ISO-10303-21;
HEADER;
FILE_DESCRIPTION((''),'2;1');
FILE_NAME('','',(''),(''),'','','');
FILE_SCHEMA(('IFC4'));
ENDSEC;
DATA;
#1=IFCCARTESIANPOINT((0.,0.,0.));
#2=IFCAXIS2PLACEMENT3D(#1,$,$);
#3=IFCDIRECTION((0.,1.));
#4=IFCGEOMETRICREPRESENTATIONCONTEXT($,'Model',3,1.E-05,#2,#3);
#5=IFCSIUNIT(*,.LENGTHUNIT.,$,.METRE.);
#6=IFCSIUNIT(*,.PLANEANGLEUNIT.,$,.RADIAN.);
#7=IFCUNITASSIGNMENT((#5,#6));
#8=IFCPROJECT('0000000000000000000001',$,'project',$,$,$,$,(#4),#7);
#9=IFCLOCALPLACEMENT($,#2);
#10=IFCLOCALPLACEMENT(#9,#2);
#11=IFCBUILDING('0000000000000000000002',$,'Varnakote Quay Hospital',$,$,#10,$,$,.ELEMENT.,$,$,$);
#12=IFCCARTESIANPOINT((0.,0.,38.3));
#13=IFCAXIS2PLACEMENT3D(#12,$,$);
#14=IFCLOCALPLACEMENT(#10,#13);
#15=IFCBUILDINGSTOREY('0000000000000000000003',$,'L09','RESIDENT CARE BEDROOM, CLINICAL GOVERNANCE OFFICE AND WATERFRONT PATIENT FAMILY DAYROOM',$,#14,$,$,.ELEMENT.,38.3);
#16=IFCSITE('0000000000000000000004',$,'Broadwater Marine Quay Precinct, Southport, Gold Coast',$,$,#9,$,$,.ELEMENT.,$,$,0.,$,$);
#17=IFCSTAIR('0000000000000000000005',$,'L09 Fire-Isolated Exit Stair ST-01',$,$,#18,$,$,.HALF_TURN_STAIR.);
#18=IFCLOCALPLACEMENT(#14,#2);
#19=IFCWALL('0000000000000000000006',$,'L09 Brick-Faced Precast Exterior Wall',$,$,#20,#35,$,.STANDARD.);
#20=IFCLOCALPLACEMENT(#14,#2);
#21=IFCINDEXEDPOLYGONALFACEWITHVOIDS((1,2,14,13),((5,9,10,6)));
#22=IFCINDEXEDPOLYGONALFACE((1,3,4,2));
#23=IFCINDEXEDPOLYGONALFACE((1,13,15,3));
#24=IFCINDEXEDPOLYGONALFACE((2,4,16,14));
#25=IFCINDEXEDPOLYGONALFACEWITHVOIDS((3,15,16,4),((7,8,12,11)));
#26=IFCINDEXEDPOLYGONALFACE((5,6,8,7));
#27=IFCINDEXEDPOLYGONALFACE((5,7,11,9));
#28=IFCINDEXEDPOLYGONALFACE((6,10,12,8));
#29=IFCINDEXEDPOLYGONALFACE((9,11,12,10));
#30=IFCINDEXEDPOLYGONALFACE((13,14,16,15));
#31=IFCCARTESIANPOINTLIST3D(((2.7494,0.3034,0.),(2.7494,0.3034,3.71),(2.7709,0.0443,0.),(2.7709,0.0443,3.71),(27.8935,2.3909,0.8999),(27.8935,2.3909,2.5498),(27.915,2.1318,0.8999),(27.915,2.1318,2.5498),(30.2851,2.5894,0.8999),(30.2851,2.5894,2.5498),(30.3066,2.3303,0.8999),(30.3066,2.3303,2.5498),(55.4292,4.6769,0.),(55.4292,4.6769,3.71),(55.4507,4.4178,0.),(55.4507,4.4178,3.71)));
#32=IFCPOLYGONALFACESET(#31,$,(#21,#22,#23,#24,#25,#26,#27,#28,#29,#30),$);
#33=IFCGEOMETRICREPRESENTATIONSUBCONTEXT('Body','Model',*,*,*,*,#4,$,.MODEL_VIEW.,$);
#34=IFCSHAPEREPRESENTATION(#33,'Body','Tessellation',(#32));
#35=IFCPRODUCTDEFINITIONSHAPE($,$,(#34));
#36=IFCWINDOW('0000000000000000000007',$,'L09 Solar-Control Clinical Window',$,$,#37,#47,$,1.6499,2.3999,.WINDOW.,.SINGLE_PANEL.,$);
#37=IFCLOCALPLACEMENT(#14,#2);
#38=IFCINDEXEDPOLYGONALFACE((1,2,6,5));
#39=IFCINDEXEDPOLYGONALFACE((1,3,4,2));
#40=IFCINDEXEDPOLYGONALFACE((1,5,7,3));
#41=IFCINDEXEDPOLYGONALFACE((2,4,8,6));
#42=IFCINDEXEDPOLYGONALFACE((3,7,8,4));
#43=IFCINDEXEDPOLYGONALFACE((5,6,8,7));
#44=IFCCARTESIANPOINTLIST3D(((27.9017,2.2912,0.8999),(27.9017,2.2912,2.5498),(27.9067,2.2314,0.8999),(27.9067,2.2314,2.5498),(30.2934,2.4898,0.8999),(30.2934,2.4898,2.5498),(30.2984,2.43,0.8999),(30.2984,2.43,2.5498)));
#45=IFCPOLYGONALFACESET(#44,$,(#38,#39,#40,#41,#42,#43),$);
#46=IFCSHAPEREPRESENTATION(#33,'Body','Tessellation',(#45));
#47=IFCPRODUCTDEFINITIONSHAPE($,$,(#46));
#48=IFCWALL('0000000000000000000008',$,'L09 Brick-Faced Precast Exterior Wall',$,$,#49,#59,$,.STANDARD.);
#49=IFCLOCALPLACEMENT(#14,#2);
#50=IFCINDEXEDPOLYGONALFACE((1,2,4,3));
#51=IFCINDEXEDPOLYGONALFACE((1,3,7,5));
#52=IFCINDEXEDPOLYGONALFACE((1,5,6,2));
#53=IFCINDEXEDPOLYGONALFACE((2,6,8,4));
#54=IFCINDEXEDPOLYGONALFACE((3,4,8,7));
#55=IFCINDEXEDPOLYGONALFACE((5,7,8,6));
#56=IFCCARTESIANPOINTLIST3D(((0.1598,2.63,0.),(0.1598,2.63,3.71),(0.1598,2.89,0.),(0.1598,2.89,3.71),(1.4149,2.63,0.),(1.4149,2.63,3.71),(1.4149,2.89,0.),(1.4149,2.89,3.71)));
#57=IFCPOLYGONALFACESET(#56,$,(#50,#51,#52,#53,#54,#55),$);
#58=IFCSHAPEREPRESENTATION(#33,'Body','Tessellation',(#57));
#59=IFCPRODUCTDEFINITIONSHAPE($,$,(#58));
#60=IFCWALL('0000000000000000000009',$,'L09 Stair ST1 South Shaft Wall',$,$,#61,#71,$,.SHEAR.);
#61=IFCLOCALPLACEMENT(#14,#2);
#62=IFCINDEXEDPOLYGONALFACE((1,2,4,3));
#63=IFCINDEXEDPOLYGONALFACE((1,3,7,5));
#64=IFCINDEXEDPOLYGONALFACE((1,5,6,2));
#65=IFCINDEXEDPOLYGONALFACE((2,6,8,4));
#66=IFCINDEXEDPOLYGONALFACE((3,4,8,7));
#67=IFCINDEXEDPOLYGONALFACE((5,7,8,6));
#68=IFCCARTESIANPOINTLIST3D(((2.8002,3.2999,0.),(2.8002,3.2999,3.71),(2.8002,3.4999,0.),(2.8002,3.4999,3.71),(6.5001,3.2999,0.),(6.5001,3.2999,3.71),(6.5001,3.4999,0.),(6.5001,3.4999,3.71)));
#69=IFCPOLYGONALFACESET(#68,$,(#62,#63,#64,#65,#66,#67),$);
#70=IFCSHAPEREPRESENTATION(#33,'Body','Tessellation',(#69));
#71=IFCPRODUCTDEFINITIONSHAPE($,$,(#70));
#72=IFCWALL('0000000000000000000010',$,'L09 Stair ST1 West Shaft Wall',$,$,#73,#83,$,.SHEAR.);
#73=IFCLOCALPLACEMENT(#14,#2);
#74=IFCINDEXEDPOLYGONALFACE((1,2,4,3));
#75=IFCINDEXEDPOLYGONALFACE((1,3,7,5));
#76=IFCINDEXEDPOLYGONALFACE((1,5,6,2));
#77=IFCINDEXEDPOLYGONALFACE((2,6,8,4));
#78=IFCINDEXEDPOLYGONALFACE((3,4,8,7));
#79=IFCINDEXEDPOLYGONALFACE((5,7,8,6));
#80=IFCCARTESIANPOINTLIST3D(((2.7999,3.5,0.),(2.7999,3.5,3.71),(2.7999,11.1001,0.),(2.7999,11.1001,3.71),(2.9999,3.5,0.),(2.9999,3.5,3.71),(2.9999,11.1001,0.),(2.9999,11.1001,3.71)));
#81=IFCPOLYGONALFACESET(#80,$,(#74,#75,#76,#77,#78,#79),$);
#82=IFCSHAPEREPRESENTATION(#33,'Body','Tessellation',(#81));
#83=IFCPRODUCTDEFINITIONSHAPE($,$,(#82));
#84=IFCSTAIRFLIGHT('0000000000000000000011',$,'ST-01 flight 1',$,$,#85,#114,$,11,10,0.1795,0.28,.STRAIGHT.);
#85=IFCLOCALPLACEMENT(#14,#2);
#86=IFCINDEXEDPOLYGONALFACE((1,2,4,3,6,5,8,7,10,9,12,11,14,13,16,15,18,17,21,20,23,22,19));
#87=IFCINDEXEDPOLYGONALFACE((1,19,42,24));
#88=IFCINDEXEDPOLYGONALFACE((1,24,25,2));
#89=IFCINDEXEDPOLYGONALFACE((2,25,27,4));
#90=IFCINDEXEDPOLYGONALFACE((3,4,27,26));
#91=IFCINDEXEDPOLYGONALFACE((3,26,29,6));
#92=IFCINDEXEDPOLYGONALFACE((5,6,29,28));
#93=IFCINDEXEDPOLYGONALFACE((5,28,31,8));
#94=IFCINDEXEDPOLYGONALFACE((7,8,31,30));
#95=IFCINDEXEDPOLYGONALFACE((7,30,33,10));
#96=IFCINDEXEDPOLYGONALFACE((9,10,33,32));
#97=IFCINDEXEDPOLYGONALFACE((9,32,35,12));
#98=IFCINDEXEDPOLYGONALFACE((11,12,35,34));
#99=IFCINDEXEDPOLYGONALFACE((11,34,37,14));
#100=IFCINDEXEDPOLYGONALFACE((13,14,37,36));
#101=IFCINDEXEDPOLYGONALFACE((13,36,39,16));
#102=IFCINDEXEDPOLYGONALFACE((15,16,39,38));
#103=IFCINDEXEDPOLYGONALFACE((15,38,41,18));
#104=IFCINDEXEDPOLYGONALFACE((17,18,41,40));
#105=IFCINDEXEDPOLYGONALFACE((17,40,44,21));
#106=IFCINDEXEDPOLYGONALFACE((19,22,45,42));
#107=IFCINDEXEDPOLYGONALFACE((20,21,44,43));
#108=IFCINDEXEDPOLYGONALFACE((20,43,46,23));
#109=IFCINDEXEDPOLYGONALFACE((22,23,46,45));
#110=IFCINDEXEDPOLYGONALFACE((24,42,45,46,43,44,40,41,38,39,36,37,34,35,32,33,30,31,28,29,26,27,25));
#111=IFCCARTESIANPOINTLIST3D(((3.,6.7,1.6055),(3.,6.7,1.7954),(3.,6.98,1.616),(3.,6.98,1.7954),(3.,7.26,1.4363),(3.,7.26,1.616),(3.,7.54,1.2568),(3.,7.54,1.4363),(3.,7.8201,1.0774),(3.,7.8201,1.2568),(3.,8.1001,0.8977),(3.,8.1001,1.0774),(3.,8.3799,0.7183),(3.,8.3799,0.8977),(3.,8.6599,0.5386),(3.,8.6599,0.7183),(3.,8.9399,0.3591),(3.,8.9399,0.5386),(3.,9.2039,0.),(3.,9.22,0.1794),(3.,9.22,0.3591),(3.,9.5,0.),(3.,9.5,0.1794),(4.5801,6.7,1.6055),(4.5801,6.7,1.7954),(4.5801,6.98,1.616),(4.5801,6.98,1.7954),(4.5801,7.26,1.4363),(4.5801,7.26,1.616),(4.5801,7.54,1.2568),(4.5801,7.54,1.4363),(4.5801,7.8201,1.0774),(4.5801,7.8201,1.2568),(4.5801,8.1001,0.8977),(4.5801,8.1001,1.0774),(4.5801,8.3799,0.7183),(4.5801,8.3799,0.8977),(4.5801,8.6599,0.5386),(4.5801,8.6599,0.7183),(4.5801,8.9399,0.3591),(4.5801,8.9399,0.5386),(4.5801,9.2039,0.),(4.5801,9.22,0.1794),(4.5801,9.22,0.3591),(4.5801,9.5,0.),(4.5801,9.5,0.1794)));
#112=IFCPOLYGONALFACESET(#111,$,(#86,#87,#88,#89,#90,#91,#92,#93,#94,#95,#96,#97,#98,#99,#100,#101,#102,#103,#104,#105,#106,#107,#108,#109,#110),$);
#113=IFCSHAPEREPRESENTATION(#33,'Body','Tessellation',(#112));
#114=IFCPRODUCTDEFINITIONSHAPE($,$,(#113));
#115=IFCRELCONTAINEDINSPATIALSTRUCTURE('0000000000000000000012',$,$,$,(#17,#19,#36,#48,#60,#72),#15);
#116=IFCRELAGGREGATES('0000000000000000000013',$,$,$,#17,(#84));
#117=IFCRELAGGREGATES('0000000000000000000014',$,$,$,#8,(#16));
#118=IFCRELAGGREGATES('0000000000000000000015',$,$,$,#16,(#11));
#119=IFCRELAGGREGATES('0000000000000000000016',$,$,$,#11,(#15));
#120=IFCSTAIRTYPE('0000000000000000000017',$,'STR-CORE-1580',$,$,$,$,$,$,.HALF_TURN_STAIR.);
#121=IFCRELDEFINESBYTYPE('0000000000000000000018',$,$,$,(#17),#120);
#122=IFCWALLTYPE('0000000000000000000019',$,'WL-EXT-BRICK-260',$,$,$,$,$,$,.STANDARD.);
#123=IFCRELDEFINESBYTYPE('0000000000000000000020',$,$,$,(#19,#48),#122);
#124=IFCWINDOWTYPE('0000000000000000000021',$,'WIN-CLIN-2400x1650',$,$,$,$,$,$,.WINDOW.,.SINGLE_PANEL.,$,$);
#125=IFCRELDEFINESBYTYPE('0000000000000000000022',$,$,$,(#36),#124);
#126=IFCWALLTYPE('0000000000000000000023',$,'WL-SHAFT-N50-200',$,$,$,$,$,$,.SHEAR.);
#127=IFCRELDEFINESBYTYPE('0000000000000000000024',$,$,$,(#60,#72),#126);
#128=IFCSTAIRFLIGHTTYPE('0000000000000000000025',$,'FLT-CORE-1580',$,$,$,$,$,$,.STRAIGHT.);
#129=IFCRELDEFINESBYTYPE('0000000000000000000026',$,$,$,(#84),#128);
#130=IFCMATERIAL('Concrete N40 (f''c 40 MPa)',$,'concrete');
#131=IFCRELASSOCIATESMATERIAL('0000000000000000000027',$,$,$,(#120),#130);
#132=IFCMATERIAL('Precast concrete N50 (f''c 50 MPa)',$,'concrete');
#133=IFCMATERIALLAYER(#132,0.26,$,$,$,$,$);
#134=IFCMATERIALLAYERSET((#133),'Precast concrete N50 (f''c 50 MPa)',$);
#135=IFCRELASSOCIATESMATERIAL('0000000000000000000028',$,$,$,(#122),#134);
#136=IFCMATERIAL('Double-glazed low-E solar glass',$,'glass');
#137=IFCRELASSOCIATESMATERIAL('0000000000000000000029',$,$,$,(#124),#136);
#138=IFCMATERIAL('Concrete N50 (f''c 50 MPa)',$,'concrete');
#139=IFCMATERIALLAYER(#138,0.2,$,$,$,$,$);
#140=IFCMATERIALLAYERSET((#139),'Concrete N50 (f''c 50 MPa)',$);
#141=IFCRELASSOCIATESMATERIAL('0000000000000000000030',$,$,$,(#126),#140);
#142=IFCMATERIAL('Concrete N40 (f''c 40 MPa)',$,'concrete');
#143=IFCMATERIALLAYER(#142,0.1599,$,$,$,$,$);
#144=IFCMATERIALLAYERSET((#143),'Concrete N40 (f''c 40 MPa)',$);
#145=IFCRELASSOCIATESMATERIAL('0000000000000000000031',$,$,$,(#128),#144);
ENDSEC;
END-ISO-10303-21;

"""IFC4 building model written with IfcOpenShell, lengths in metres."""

from ifc_helpers import new_model, si_unit, direction, frame, frame_2d, origin, place, context, subcontext, project, spatial, polyline, rectangle, outline, extrude, material, layer, layer_set, type_object, element, fill, aggregate, save


model = new_model("IFC4")

# Units and contexts
model_context = context("Model", 3, precision=1e-05, world=origin(), true_north=direction((0.0, 1.0)))
body_context = subcontext(model_context, "Body", "Model", "MODEL_VIEW")
ifc_project = project(units=[si_unit("LENGTHUNIT", "METRE"), si_unit("PLANEANGLEUNIT", "RADIAN")], contexts=[model_context])

# Site, building, storey
site_placement = place(None, origin())
site = spatial("IfcSite", under=ifc_project, at=site_placement, Name="Broadwater Marine Quay Precinct, Southport, Gold Coast", CompositionType="ELEMENT", RefElevation=0.0)
building_placement = place(site_placement, origin())
building = spatial("IfcBuilding", under=site, at=building_placement, Name="Varnakote Quay Hospital", CompositionType="ELEMENT")
storey_placement = place(building_placement, frame((0.0, 0.0, 38.3)))
storey = spatial("IfcBuildingStorey", under=building, at=storey_placement, Name="L09", Description="RESIDENT CARE BEDROOM, CLINICAL GOVERNANCE OFFICE AND WATERFRONT PATIENT FAMILY DAYROOM", CompositionType="ELEMENT", Elevation=38.3)

# Stair
ifc_material_1 = material(Name="Concrete N40 (f'c 40 MPa)", Category="concrete")
stair_type = type_object("IfcStairType", Name="STR-CORE-1580", PredefinedType="HALF_TURN_STAIR", material=ifc_material_1)
stair_1_placement = place(storey_placement, origin())
stair_1 = element("IfcStair", 1, at=stair_1_placement, inside=storey, type_object=stair_type, Name="L09 Fire-Isolated Exit Stair ST-01", PredefinedType="HALF_TURN_STAIR")

# Shared definitions
ifc_material_2 = material(Name="Precast concrete N50 (f'c 50 MPa)", Category="concrete")
ifc_layer_1 = layer(ifc_material_2, 0.26)
ifc_layer_set_1 = layer_set([ifc_layer_1], Name="Precast concrete N50 (f'c 50 MPa)")
wall_type_1 = type_object("IfcWallType", Name="WL-EXT-BRICK-260", PredefinedType="STANDARD", material=ifc_layer_set_1)

# Wall, opening, window
wall_1_placement = place(storey_placement, frame((2.76, 0.1738, 0.0), z_axis=(0.0, 0.0, 1.0), x_axis=(0.996571, 0.082736, 0.0)))
wall_1 = element("IfcWall", 2, at=wall_1_placement, inside=storey, type_object=wall_type_1, Name="L09 Brick-Faced Precast Exterior Wall", PredefinedType="STANDARD", context=body_context, shape_type="SweptSolid", body=[
    extrude(rectangle(XDim=52.8611, YDim=0.26, at=frame_2d((26.4307, 0.0))), origin(), (0.0, 0.0, 1.0), 3.71),
])
opening_1_placement = place(wall_1_placement, frame((25.2307, 0.0, 0.8999)))
opening_1 = element("IfcOpeningElement", 3, at=opening_1_placement, cuts=wall_1, PredefinedType="OPENING", context=body_context, shape_type="SweptSolid", body=[
    extrude(rectangle(XDim=2.3999, YDim=1.6499, at=frame_2d((1.2, 0.825))), frame((0.0, 0.1399, 0.0), z_axis=(0.0, -1.0, 0.0), x_axis=(1.0, 0.0, 0.0)), (0.0, 0.0, 1.0), 0.28),
])
ifc_material_3 = material(Name="Double-glazed low-E solar glass", Category="glass")
window_type = type_object("IfcWindowType", Name="WIN-CLIN-2400x1650", PartitioningType="SINGLE_PANEL", PredefinedType="WINDOW", material=ifc_material_3)
window_placement = place(opening_1_placement, origin())
window = element("IfcWindow", 4, at=window_placement, inside=storey, type_object=window_type, Name="L09 Solar-Control Clinical Window", OverallHeight=1.6499, OverallWidth=2.3999, PartitioningType="SINGLE_PANEL", PredefinedType="WINDOW", context=body_context, shape_type="SweptSolid", body=[
    extrude(rectangle(XDim=2.3999, YDim=1.6499, at=frame_2d((1.2, 0.825))), frame((0.0, 0.03, 0.0), z_axis=(0.0, -1.0, 0.0), x_axis=(1.0, 0.0, 0.0)), (0.0, 0.0, 1.0), 0.0601),
])
fill(opening_1, window)

# Walls
wall_2_placement = place(storey_placement, frame((0.1599, 2.76, 0.0), z_axis=(0.0, 0.0, 1.0), x_axis=(1.0, 0.0, 0.0)))
element("IfcWall", 5, at=wall_2_placement, inside=storey, type_object=wall_type_1, Name="L09 Brick-Faced Precast Exterior Wall", PredefinedType="STANDARD", context=body_context, shape_type="SweptSolid", body=[
    extrude(rectangle(XDim=1.2551, YDim=0.26, at=frame_2d((0.6274, 0.0))), origin(), (0.0, 0.0, 1.0), 3.71),
])
ifc_material_4 = material(Name="Concrete N50 (f'c 50 MPa)", Category="concrete")
ifc_layer_2 = layer(ifc_material_4, 0.2)
ifc_layer_set_2 = layer_set([ifc_layer_2], Name="Concrete N50 (f'c 50 MPa)")
wall_type_2 = type_object("IfcWallType", Name="WL-SHAFT-N50-200", PredefinedType="SHEAR", material=ifc_layer_set_2)
wall_3_placement = place(storey_placement, frame((2.8, 3.3999, 0.0), z_axis=(0.0, 0.0, 1.0), x_axis=(1.0, 0.0, 0.0)))
element("IfcWall", 6, at=wall_3_placement, inside=storey, type_object=wall_type_2, Name="L09 Stair ST1 South Shaft Wall", PredefinedType="SHEAR", context=body_context, shape_type="SweptSolid", body=[
    extrude(rectangle(XDim=3.7, YDim=0.2, at=frame_2d((1.8501, 0.0))), origin(), (0.0, 0.0, 1.0), 3.71),
])
wall_4_placement = place(storey_placement, frame((2.8999, 3.5, 0.0), z_axis=(0.0, 0.0, 1.0), x_axis=(0.0, 1.0, 0.0)))
element("IfcWall", 7, at=wall_4_placement, inside=storey, type_object=wall_type_2, Name="L09 Stair ST1 West Shaft Wall", PredefinedType="SHEAR", context=body_context, shape_type="SweptSolid", body=[
    extrude(rectangle(XDim=7.6001, YDim=0.2, at=frame_2d((3.8, 0.0))), origin(), (0.0, 0.0, 1.0), 3.71),
])

# Stair flight
ifc_material_5 = material(Name="Concrete N40 (f'c 40 MPa)", Category="concrete")
ifc_layer_3 = layer(ifc_material_5, 0.1599)
ifc_layer_set_3 = layer_set([ifc_layer_3], Name="Concrete N40 (f'c 40 MPa)")
stair_flight_type = type_object("IfcStairFlightType", Name="FLT-CORE-1580", PredefinedType="STRAIGHT", material=ifc_layer_set_3)
stair_flight_placement = place(storey_placement, frame((3.79, 9.5, 0.0), z_axis=(0.0, 0.0, 1.0), x_axis=(0.0, -1.0, 0.0)))
stair_flight = element("IfcStairFlight", 8, at=stair_flight_placement, type_object=stair_flight_type, Name="ST-01 flight 1", NumberOfRisers=11, NumberOfTreads=10, PredefinedType="STRAIGHT", RiserHeight=0.1795, TreadLength=0.28, context=body_context, shape_type="SweptSolid", body=[
    extrude(outline(polyline([(0.0, 0.0), (0.0, 0.1794), (0.28, 0.1794), (0.28, 0.3591), (0.5601, 0.3591), (0.5601, 0.5386), (0.8401, 0.5386), (0.8401, 0.7183), (1.1201, 0.7183), (1.1201, 0.8977), (1.3999, 0.8977), (1.3999, 1.0774), (1.6799, 1.0774), (1.6799, 1.2568), (1.96, 1.2568), (1.96, 1.4363), (2.24, 1.4363), (2.24, 1.616), (2.52, 1.616), (2.52, 1.7954), (2.8, 1.7954), (2.8, 1.9751), (2.8, 1.6055), (0.2961, 0.0), (0.0, 0.0)])), frame((0.0, 0.79, 0.0), z_axis=(0.0, -1.0, 0.0), x_axis=(1.0, 0.0, 0.0)), (0.0, 0.0, 1.0), 1.5801),
])
aggregate(stair_1, [stair_flight])

save(model, "model.ifc")
